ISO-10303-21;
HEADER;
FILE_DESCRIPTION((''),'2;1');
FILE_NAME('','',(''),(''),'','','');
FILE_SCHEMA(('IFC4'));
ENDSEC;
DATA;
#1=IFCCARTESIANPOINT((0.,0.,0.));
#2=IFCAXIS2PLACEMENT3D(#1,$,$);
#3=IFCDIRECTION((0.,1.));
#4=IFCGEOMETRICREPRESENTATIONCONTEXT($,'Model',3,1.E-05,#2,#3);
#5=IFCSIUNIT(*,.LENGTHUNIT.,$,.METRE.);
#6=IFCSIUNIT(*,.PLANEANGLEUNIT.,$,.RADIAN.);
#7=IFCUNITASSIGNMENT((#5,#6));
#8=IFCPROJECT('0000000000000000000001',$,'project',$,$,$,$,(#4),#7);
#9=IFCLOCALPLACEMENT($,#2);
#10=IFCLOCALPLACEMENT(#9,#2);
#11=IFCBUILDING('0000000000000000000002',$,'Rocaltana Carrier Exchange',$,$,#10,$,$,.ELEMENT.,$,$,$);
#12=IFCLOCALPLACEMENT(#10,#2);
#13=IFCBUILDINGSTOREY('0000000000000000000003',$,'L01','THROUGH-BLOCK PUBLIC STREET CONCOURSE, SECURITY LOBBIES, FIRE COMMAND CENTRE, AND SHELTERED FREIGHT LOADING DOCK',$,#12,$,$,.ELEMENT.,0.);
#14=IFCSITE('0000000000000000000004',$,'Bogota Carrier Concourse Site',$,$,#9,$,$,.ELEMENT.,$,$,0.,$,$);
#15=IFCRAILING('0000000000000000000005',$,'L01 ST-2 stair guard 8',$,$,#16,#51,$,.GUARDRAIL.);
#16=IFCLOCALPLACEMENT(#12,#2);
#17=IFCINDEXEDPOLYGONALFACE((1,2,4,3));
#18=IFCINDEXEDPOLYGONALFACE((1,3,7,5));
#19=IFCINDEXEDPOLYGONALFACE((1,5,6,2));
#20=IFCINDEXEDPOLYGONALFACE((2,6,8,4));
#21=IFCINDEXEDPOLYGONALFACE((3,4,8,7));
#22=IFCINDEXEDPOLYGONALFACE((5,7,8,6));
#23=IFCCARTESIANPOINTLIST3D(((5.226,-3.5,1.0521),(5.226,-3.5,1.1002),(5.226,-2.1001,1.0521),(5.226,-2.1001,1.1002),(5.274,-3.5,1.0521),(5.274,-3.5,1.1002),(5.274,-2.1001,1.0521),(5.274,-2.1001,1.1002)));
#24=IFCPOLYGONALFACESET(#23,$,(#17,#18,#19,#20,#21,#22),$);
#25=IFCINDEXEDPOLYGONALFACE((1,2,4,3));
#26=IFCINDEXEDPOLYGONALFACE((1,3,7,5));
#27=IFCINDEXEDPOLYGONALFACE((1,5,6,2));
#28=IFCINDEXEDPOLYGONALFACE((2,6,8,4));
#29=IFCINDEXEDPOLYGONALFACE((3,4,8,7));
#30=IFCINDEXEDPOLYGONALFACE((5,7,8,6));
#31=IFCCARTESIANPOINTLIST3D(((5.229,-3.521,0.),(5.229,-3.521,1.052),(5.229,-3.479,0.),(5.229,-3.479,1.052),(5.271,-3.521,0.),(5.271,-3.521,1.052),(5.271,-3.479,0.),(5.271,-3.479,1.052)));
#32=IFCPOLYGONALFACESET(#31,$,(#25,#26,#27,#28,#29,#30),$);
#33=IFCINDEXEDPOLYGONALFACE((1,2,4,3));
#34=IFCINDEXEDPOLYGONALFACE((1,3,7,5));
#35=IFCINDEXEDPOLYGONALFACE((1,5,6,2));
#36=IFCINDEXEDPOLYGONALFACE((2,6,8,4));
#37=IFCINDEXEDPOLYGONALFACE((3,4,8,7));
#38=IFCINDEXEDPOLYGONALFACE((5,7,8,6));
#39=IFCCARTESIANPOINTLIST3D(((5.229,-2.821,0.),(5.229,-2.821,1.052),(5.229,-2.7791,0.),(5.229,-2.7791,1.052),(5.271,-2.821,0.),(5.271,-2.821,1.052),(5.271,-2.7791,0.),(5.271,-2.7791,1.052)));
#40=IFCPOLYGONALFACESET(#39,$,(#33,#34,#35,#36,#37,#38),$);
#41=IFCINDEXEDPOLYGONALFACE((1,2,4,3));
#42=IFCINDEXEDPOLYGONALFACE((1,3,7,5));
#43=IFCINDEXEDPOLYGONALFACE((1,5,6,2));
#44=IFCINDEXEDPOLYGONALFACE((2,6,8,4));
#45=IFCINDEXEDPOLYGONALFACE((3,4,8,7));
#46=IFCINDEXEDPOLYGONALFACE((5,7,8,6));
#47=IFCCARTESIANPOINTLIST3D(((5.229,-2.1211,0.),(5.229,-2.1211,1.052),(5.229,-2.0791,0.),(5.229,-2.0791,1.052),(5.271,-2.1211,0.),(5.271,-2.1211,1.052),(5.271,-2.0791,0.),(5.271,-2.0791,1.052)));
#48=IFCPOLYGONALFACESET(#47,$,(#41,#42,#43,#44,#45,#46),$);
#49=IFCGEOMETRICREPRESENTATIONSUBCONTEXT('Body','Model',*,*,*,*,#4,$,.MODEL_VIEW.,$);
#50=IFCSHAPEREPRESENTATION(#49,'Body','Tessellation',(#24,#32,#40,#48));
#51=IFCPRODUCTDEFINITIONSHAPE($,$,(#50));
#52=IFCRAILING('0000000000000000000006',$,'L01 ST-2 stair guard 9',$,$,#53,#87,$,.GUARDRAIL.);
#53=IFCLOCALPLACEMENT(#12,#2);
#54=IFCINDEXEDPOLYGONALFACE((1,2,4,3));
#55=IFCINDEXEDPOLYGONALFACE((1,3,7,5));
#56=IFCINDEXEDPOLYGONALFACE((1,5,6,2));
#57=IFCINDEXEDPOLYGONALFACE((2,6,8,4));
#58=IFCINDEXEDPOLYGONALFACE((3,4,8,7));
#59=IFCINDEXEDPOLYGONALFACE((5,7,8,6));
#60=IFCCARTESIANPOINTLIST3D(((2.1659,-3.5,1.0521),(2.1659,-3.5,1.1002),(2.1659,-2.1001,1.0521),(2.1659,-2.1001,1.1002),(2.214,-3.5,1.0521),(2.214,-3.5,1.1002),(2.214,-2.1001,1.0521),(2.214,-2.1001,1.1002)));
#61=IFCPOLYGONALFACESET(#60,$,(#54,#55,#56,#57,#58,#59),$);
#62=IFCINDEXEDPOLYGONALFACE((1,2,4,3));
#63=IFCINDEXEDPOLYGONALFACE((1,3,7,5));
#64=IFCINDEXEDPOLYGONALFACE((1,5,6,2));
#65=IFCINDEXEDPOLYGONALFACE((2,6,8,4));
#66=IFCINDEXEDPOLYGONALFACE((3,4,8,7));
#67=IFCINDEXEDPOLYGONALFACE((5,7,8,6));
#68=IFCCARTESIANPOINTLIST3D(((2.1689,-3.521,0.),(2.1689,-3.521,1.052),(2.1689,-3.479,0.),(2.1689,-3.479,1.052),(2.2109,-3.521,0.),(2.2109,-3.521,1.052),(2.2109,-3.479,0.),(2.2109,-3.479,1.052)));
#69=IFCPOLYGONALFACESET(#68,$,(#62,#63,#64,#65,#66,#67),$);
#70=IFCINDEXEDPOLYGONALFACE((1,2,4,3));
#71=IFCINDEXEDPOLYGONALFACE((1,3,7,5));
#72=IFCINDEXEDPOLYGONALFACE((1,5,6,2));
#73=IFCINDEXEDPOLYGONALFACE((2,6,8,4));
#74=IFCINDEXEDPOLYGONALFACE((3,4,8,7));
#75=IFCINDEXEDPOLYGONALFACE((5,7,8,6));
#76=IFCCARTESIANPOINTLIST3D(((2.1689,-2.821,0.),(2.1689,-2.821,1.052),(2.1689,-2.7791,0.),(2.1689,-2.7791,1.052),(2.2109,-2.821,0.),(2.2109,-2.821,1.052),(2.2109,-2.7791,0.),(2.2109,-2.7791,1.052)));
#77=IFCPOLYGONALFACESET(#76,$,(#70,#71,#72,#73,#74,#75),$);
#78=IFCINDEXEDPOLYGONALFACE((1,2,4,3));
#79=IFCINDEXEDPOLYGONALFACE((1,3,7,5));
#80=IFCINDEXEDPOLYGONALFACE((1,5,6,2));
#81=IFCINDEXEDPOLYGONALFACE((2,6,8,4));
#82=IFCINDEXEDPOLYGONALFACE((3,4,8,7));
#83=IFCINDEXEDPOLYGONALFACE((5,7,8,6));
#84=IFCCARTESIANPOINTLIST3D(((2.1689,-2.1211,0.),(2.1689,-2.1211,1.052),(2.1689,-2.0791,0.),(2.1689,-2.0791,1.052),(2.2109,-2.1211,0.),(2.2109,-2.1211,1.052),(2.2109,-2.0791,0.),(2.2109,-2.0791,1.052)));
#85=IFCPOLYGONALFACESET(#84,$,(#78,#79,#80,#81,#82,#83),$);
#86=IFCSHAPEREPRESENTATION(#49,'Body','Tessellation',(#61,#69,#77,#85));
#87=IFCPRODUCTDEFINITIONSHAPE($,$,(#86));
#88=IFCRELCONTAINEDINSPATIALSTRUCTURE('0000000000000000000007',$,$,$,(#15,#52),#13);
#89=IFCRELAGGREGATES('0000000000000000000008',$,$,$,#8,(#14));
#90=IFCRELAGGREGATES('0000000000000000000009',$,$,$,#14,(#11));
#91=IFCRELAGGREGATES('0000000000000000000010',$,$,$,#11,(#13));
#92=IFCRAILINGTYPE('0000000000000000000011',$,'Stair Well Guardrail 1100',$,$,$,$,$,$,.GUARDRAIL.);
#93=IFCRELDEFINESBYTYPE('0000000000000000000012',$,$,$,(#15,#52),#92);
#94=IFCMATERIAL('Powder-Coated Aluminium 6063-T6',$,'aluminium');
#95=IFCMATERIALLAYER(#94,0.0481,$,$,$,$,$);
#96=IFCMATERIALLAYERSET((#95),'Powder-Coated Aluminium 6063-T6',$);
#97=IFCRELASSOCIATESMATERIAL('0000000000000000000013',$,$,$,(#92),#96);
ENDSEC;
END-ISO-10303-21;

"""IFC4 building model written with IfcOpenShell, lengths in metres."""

from ifc_helpers import new_model, si_unit, direction, frame, origin, origin_2d, place, context, subcontext, project, spatial, rectangle, extrude, material, layer, layer_set, type_object, element, save


model = new_model("IFC4")

# Units and contexts
model_context = context("Model", 3, precision=1e-05, world=origin(), true_north=direction((0.0, 1.0)))
body_context = subcontext(model_context, "Body", "Model", "MODEL_VIEW")
ifc_project = project(units=[si_unit("LENGTHUNIT", "METRE"), si_unit("PLANEANGLEUNIT", "RADIAN")], contexts=[model_context])

# Site, building, storey
site_placement = place(None, origin())
site = spatial("IfcSite", under=ifc_project, at=site_placement, Name="Bogota Carrier Concourse Site", CompositionType="ELEMENT", RefElevation=0.0)
building_placement = place(site_placement, origin())
building = spatial("IfcBuilding", under=site, at=building_placement, Name="Rocaltana Carrier Exchange", CompositionType="ELEMENT")
storey_placement = place(building_placement, origin())
storey = spatial("IfcBuildingStorey", under=building, at=storey_placement, Name="L01", Description="THROUGH-BLOCK PUBLIC STREET CONCOURSE, SECURITY LOBBIES, FIRE COMMAND CENTRE, AND SHELTERED FREIGHT LOADING DOCK", CompositionType="ELEMENT", Elevation=0.0)

# Railings
ifc_material_1 = material(Name="Powder-Coated Aluminium 6063-T6", Category="aluminium")
ifc_layer_1 = layer(ifc_material_1, 0.0481)
ifc_layer_set_1 = layer_set([ifc_layer_1], Name="Powder-Coated Aluminium 6063-T6")
railing_type = type_object("IfcRailingType", Name="Stair Well Guardrail 1100", PredefinedType="GUARDRAIL", material=ifc_layer_set_1)
for number, where, name in (
    (1, (5.25, -3.5, 0.0), "L01 ST-2 stair guard 8"),
    (2, (2.1899, -3.5, 0.0), "L01 ST-2 stair guard 9"),
):
    element("IfcRailing", number, at=place(storey_placement, frame(where)), inside=storey, type_object=railing_type, Name=name, PredefinedType="GUARDRAIL", context=body_context, shape_type="SweptSolid", body=[
        extrude(rectangle(XDim=0.0481, YDim=0.0481, at=origin_2d()), frame((0.0, 0.0, 1.0762), z_axis=(0.0, 1.0, 0.0), x_axis=(-1.0, 0.0, 0.0)), (0.0, 0.0, 1.0), 1.3999),
        extrude(rectangle(XDim=0.042, YDim=0.042, at=origin_2d()), origin(), (0.0, 0.0, 1.0), 1.052),
        extrude(rectangle(XDim=0.042, YDim=0.042, at=origin_2d()), frame((0.0, 0.7, 0.0)), (0.0, 0.0, 1.0), 1.052),
        extrude(rectangle(XDim=0.042, YDim=0.042, at=origin_2d()), frame((0.0, 1.3999, 0.0)), (0.0, 0.0, 1.0), 1.052),
    ])

save(model, "model.ifc")
